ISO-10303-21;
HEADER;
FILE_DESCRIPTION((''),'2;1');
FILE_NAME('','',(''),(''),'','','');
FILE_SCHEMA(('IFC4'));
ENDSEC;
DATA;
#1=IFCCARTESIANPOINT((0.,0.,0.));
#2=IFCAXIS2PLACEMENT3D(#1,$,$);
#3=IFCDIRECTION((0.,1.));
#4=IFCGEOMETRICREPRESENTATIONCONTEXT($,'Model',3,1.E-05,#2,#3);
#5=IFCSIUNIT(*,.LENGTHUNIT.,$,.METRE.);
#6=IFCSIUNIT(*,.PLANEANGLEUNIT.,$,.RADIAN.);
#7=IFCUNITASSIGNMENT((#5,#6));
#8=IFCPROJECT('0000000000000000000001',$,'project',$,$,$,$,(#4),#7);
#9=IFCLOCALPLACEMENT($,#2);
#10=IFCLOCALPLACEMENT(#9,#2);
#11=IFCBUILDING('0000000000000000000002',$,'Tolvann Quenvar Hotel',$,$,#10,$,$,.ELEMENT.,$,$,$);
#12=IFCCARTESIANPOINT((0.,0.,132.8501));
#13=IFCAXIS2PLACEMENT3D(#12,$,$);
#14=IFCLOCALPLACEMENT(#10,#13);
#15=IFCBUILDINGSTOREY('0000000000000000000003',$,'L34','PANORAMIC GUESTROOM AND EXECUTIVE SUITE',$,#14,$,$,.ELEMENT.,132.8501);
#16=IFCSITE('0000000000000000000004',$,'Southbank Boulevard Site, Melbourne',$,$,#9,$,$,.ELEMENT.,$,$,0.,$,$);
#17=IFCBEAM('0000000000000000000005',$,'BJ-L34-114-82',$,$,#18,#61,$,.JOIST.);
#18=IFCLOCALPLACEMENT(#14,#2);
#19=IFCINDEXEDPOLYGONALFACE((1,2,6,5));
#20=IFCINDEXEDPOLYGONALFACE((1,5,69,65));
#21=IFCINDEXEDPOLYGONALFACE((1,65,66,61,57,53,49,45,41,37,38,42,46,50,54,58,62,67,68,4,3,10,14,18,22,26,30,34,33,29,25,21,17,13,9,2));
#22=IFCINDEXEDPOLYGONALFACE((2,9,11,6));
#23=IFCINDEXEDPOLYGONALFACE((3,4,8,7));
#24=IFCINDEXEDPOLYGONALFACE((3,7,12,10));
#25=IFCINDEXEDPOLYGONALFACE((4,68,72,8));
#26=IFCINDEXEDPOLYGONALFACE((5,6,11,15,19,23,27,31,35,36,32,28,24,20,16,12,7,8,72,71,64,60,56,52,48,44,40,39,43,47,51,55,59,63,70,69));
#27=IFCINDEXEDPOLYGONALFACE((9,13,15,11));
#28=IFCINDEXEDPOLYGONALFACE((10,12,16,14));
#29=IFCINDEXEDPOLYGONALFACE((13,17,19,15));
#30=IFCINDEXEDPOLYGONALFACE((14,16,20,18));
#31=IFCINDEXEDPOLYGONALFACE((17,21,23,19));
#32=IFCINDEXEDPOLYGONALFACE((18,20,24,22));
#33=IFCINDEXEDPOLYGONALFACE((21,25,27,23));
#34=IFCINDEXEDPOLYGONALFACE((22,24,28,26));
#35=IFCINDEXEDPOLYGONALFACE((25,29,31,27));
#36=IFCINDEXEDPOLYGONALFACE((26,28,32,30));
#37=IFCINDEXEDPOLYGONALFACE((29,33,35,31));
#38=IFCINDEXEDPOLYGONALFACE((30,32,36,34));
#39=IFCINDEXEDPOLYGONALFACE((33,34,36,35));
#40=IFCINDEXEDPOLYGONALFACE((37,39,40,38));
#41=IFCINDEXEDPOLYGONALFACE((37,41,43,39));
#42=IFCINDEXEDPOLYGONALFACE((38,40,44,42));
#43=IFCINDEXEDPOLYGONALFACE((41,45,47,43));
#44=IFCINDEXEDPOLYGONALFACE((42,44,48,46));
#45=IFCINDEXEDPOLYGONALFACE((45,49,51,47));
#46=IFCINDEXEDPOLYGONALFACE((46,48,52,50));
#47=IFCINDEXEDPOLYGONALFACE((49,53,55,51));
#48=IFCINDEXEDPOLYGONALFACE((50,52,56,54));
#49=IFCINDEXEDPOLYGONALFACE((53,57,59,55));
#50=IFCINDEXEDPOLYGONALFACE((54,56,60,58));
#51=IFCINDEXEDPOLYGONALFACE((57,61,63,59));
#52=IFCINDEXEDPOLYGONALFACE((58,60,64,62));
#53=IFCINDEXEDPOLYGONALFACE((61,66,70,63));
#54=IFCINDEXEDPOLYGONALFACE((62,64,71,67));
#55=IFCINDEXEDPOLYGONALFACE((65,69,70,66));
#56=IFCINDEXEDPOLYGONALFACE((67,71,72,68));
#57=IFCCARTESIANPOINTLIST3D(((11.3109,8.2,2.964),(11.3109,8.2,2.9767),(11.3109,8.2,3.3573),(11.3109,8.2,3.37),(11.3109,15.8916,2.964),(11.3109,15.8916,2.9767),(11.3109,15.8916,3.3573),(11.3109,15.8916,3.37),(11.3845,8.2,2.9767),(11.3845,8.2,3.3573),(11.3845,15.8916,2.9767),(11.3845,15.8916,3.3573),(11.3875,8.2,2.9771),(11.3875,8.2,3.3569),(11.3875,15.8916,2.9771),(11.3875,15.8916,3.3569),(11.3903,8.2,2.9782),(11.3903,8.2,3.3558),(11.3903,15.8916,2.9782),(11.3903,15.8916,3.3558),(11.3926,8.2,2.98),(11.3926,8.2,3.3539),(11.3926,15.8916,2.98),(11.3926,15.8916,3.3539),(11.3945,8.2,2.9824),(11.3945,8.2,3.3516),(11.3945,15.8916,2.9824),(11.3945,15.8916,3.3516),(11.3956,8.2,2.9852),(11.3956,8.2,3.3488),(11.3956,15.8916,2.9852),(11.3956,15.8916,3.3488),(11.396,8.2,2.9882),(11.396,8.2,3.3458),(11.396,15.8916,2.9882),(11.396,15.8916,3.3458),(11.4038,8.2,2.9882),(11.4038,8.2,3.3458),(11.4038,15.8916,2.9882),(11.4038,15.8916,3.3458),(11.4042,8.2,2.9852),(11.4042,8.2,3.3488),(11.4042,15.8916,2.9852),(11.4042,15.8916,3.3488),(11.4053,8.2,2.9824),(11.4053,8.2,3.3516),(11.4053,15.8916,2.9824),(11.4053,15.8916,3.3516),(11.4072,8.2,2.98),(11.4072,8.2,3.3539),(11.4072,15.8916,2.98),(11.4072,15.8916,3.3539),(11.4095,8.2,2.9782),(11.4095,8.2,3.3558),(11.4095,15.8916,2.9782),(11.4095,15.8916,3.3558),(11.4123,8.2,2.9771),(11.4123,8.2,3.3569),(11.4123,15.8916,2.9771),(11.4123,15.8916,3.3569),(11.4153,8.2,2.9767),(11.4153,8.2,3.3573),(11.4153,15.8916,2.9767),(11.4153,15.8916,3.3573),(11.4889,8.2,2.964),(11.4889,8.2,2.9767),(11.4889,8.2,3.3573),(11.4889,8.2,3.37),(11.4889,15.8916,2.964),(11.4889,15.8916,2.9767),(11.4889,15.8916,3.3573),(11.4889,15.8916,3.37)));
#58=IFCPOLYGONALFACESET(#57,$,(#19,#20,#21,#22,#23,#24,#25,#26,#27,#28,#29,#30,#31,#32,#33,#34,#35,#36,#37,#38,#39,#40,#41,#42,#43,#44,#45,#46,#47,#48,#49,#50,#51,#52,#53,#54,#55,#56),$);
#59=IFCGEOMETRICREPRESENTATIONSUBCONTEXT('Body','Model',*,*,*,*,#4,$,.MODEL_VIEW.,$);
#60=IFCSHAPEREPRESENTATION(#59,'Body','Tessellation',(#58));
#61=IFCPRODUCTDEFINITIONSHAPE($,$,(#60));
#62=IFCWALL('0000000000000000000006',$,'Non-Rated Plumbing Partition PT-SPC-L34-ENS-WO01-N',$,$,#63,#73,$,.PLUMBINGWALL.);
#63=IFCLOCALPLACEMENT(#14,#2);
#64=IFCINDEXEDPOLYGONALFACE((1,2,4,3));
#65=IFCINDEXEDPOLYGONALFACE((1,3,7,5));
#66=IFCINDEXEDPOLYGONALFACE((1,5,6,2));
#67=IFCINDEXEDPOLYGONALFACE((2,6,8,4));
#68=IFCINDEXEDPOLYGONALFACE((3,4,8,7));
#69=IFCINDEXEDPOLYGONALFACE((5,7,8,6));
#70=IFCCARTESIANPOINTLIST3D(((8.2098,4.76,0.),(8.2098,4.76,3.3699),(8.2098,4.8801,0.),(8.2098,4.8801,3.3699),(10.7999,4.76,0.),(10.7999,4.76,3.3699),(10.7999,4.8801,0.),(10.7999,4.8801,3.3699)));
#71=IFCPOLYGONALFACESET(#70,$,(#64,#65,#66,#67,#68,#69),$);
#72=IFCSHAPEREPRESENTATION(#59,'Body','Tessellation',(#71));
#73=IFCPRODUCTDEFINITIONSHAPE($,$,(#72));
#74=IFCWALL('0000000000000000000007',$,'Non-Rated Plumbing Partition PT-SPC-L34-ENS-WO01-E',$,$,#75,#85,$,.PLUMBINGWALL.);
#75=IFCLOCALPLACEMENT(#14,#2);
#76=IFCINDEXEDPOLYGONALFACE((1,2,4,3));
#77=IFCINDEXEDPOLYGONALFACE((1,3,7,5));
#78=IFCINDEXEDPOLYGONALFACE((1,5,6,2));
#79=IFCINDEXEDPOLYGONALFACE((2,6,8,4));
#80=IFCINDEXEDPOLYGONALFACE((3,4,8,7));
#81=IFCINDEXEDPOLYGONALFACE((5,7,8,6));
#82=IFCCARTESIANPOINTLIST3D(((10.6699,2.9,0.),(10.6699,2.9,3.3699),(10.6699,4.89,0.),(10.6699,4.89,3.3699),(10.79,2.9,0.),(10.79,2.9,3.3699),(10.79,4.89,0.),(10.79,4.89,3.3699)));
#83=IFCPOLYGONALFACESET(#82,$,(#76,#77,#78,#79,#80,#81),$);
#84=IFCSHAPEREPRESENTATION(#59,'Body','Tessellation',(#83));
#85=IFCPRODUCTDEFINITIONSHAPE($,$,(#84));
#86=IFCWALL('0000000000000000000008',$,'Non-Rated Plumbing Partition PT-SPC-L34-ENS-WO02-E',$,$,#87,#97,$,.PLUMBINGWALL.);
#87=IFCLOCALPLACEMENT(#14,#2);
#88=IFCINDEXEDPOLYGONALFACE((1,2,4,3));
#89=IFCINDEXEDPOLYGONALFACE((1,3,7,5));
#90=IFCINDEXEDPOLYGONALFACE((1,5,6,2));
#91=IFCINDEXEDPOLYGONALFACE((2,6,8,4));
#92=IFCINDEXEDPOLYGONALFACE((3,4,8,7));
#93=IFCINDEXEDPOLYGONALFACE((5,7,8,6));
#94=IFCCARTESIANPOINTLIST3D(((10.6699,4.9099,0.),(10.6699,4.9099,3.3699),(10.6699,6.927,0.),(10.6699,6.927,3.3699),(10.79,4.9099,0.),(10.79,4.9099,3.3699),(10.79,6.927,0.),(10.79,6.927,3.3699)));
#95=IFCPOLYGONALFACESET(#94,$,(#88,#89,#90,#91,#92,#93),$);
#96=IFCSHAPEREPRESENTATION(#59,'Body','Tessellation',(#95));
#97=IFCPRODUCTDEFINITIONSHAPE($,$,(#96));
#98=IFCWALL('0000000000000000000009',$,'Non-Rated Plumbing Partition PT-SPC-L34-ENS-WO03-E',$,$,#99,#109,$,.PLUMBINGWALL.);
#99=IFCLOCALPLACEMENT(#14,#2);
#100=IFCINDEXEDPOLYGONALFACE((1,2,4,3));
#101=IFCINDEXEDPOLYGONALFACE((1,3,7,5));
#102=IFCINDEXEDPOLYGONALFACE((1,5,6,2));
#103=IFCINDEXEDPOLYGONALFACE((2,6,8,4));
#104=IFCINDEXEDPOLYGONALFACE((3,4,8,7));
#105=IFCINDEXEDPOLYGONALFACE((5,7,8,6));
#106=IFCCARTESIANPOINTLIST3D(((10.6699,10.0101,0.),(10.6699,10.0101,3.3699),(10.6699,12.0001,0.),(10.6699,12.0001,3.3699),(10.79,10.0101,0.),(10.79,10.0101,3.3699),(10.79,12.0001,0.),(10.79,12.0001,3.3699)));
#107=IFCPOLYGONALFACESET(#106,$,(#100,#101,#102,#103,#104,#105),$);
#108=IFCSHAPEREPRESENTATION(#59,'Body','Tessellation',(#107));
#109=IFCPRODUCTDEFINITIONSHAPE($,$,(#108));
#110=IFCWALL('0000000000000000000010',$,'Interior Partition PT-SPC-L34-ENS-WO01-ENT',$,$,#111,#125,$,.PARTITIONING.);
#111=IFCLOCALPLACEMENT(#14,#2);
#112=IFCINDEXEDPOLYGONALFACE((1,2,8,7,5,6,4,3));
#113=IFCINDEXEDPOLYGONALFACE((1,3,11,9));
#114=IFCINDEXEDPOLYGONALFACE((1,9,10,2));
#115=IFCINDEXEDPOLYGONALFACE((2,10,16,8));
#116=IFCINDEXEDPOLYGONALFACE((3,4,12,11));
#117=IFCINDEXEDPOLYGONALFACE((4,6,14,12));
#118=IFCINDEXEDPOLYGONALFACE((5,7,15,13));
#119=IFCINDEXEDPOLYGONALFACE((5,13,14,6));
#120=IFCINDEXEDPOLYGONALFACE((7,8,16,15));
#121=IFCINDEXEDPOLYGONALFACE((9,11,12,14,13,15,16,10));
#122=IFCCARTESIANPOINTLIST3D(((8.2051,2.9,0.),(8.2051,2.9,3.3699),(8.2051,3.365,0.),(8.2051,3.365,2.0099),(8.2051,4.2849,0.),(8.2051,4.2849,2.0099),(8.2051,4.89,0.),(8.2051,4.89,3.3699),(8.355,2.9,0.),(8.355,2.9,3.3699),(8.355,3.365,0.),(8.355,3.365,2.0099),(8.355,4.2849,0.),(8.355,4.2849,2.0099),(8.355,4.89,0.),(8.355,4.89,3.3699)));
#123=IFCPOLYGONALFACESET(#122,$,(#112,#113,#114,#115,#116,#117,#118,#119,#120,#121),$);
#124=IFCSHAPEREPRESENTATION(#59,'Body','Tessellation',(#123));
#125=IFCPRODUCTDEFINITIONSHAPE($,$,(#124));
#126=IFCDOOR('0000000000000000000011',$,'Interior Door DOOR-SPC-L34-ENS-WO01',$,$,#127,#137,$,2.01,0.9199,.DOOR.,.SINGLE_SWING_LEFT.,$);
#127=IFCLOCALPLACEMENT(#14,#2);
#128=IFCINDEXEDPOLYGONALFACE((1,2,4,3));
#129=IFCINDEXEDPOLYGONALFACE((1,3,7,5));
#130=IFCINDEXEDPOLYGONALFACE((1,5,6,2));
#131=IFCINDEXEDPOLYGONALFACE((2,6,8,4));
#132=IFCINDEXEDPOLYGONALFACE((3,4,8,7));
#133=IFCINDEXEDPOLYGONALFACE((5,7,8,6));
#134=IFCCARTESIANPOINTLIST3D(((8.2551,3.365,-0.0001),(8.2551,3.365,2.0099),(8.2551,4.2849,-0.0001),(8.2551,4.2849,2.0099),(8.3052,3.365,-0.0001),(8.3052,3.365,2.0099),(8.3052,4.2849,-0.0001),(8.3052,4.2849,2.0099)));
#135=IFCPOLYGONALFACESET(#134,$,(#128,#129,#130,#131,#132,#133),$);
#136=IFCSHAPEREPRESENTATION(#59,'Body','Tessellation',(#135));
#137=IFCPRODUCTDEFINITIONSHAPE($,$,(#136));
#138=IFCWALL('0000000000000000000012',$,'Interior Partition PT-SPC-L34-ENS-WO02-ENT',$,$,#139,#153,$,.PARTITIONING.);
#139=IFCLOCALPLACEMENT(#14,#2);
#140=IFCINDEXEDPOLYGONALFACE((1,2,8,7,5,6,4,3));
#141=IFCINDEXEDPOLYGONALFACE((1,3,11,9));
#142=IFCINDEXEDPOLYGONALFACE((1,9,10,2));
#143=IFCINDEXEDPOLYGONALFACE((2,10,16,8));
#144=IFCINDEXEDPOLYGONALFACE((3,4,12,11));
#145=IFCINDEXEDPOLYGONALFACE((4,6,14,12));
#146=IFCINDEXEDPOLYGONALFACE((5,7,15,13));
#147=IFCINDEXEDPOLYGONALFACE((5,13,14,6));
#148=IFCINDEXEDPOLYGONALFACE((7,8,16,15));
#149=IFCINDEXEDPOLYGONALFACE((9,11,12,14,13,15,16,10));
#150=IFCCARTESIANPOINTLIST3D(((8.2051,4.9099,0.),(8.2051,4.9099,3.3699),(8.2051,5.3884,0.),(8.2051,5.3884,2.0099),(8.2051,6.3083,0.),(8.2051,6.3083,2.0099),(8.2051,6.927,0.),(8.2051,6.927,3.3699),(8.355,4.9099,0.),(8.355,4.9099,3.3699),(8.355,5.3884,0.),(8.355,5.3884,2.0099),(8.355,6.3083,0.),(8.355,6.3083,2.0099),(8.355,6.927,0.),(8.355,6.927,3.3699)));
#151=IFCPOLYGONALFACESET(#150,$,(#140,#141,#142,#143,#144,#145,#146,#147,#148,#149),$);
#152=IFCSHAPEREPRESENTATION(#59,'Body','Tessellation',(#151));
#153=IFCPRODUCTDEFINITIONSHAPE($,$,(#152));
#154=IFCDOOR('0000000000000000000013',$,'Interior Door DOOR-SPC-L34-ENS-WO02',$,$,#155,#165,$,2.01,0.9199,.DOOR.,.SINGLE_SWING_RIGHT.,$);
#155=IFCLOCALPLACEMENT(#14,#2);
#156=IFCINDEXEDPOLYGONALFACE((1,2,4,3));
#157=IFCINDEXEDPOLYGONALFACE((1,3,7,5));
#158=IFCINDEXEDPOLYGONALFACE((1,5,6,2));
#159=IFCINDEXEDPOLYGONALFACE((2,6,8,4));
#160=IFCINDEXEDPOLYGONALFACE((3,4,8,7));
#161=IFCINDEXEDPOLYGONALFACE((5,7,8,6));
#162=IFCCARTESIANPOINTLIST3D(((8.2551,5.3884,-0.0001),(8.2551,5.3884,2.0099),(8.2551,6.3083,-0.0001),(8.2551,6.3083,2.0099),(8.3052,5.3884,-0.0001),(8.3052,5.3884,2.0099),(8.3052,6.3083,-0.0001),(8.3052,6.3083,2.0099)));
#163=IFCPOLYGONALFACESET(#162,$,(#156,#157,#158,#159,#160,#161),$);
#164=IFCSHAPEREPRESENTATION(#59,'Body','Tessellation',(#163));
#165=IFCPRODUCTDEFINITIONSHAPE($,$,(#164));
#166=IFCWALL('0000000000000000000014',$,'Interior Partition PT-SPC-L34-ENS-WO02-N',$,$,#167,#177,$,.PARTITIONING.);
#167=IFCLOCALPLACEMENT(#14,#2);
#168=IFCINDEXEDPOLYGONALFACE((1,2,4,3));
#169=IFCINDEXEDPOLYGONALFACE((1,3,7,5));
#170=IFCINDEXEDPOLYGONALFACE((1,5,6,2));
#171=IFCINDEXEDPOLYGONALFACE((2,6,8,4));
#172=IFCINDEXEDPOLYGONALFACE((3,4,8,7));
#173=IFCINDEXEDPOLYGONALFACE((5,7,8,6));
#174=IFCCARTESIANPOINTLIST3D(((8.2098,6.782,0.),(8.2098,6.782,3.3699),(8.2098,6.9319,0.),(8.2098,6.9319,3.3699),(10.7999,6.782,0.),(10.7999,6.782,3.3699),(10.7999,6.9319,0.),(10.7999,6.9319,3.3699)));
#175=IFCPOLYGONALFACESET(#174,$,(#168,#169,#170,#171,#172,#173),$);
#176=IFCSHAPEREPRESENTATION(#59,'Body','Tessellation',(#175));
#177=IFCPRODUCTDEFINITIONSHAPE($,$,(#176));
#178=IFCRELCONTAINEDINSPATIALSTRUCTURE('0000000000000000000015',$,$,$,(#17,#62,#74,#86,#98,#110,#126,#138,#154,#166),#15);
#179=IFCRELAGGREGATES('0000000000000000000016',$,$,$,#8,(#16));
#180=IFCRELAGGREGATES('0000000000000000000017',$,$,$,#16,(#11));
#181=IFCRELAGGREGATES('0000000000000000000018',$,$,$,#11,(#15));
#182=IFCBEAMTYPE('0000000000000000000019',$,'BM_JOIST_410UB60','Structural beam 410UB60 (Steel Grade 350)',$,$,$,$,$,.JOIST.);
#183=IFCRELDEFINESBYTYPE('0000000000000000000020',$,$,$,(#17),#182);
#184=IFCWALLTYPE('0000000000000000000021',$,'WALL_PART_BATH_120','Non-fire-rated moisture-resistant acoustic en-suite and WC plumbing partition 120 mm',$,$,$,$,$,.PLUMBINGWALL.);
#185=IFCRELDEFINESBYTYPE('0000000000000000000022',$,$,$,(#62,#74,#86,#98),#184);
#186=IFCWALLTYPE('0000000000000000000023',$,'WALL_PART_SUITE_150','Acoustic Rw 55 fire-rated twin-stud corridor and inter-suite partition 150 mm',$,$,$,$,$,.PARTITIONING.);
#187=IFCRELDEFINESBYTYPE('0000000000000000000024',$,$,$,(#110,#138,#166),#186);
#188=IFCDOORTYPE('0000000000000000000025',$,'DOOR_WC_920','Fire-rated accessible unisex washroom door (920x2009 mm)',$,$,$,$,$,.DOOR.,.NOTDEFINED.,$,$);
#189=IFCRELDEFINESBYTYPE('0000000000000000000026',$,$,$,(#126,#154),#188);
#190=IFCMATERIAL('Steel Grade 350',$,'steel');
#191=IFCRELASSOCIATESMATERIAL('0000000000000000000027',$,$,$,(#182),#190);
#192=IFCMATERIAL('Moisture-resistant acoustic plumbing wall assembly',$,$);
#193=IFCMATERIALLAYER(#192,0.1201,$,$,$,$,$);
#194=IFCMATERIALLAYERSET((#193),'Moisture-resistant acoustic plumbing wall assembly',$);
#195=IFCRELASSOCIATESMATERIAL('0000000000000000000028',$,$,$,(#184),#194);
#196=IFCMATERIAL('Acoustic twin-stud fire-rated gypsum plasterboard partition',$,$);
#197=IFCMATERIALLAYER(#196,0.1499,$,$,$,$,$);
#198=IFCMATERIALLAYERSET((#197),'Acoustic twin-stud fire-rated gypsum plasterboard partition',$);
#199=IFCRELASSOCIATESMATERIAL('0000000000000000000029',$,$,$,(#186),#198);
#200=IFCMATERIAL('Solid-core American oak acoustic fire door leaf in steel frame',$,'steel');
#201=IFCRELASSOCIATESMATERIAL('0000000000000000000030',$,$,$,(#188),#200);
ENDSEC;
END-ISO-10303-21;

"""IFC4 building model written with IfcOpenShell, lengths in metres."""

from ifc_helpers import new_model, si_unit, direction, frame, frame_2d, origin, origin_2d, place, context, subcontext, project, spatial, rectangle, i_section, extrude, source, transform, mapped, material, layer, layer_set, material_profile, profile_set, type_object, type_shapes, element, fill, save


model = new_model("IFC4")

# Units and contexts
model_context = context("Model", 3, precision=1e-05, world=origin(), true_north=direction((0.0, 1.0)))
body_context = subcontext(model_context, "Body", "Model", "MODEL_VIEW")
ifc_project = project(units=[si_unit("LENGTHUNIT", "METRE"), si_unit("PLANEANGLEUNIT", "RADIAN")], contexts=[model_context])

# Site, building, storey
site_placement = place(None, origin())
site = spatial("IfcSite", under=ifc_project, at=site_placement, Name="Southbank Boulevard Site, Melbourne", CompositionType="ELEMENT", RefElevation=0.0)
building_placement = place(site_placement, origin())
building = spatial("IfcBuilding", under=site, at=building_placement, Name="Tolvann Quenvar Hotel", CompositionType="ELEMENT")
storey_placement = place(building_placement, frame((0.0, 0.0, 132.8501)))
storey = spatial("IfcBuildingStorey", under=building, at=storey_placement, Name="L34", Description="PANORAMIC GUESTROOM AND EXECUTIVE SUITE", CompositionType="ELEMENT", Elevation=132.8501)

# Beam
ifc_material_1 = material(Name="Steel Grade 350", Category="steel")
ifc_material_profile = material_profile(ifc_material_1, i_section(OverallWidth=0.178, OverallDepth=0.406, WebThickness=0.0078, FlangeThickness=0.0127, FilletRadius=0.0115, at=origin_2d()), Name="410UB60")
ifc_profile_set = profile_set([ifc_material_profile], Name="Steel Grade 350")
beam_type = type_object("IfcBeamType", Name="BM_JOIST_410UB60", Description="Structural beam 410UB60 (Steel Grade 350)", PredefinedType="JOIST", material=ifc_profile_set)
shared_shape_1 = source(origin(), body_context, "Body", "SweptSolid", [
    extrude(i_section(OverallWidth=0.178, OverallDepth=0.406, WebThickness=0.0078, FlangeThickness=0.0127, FilletRadius=0.0115, at=origin_2d()), origin(), (0.0, 0.0, 1.0), 7.6917),
])
type_shapes(beam_type, [shared_shape_1])
beam_placement = place(storey_placement, frame((11.3999, 8.2, 3.167), z_axis=(0.0, 1.0, 0.0), x_axis=(-1.0, 0.0, 0.0)))
element("IfcBeam", 1, at=beam_placement, inside=storey, type_object=beam_type, Name="BJ-L34-114-82", PredefinedType="JOIST", context=body_context, shape_type="MappedRepresentation", body=[
    mapped(shared_shape_1, transform((0.0, 0.0, 0.0), x_axis=(1.0, 0.0, 0.0), y_axis=(0.0, 1.0, 0.0), z_axis=(0.0, 0.0, 1.0), scale=1.0)),
])

# Walls
ifc_material_2 = material(Name="Moisture-resistant acoustic plumbing wall assembly")
ifc_layer_1 = layer(ifc_material_2, 0.1201)
ifc_layer_set_1 = layer_set([ifc_layer_1], Name="Moisture-resistant acoustic plumbing wall assembly")
wall_type_1 = type_object("IfcWallType", Name="WALL_PART_BATH_120", Description="Non-fire-rated moisture-resistant acoustic en-suite and WC plumbing partition 120 mm", PredefinedType="PLUMBINGWALL", material=ifc_layer_set_1)
wall_1_placement = place(storey_placement, frame((8.21, 4.8201, 0.0), z_axis=(0.0, 0.0, 1.0), x_axis=(1.0, 0.0, 0.0)))
element("IfcWall", 2, at=wall_1_placement, inside=storey, type_object=wall_type_1, Name="Non-Rated Plumbing Partition PT-SPC-L34-ENS-WO01-N", PredefinedType="PLUMBINGWALL", context=body_context, shape_type="SweptSolid", body=[
    extrude(rectangle(XDim=2.5901, YDim=0.1201, at=frame_2d((1.2949, 0.0))), origin(), (0.0, 0.0, 1.0), 3.3699),
])
wall_2_placement = place(storey_placement, frame((10.73, 2.8999, 0.0), z_axis=(0.0, 0.0, 1.0), x_axis=(0.0, 1.0, 0.0)))
element("IfcWall", 3, at=wall_2_placement, inside=storey, type_object=wall_type_1, Name="Non-Rated Plumbing Partition PT-SPC-L34-ENS-WO01-E", PredefinedType="PLUMBINGWALL", context=body_context, shape_type="SweptSolid", body=[
    extrude(rectangle(XDim=1.99, YDim=0.1201, at=frame_2d((0.9951, 0.0))), origin(), (0.0, 0.0, 1.0), 3.3699),
])
wall_3_placement = place(storey_placement, frame((10.73, 4.9099, 0.0), z_axis=(0.0, 0.0, 1.0), x_axis=(0.0, 1.0, 0.0)))
element("IfcWall", 4, at=wall_3_placement, inside=storey, type_object=wall_type_1, Name="Non-Rated Plumbing Partition PT-SPC-L34-ENS-WO02-E", PredefinedType="PLUMBINGWALL", context=body_context, shape_type="SweptSolid", body=[
    extrude(rectangle(XDim=2.0171, YDim=0.1201, at=frame_2d((1.0085, 0.0))), origin(), (0.0, 0.0, 1.0), 3.3699),
])
wall_4_placement = place(storey_placement, frame((10.73, 10.01, 0.0), z_axis=(0.0, 0.0, 1.0), x_axis=(0.0, 1.0, 0.0)))
element("IfcWall", 5, at=wall_4_placement, inside=storey, type_object=wall_type_1, Name="Non-Rated Plumbing Partition PT-SPC-L34-ENS-WO03-E", PredefinedType="PLUMBINGWALL", context=body_context, shape_type="SweptSolid", body=[
    extrude(rectangle(XDim=1.99, YDim=0.1201, at=frame_2d((0.9951, 0.0))), origin(), (0.0, 0.0, 1.0), 3.3699),
])

# Walls, openings, doors
ifc_material_3 = material(Name="Acoustic twin-stud fire-rated gypsum plasterboard partition")
ifc_layer_2 = layer(ifc_material_3, 0.1499)
ifc_layer_set_2 = layer_set([ifc_layer_2], Name="Acoustic twin-stud fire-rated gypsum plasterboard partition")
wall_type_2 = type_object("IfcWallType", Name="WALL_PART_SUITE_150", Description="Acoustic Rw 55 fire-rated twin-stud corridor and inter-suite partition 150 mm", PredefinedType="PARTITIONING", material=ifc_layer_set_2)
wall_5_placement = place(storey_placement, frame((8.28, 2.8999, 0.0), z_axis=(0.0, 0.0, 1.0), x_axis=(0.0, 1.0, 0.0)))
wall_5 = element("IfcWall", 6, at=wall_5_placement, inside=storey, type_object=wall_type_2, Name="Interior Partition PT-SPC-L34-ENS-WO01-ENT", PredefinedType="PARTITIONING", context=body_context, shape_type="SweptSolid", body=[
    extrude(rectangle(XDim=1.99, YDim=0.1499, at=frame_2d((0.9951, 0.0))), origin(), (0.0, 0.0, 1.0), 3.3699),
])
opening_1_placement = place(wall_5_placement, frame((0.4651, 0.0, 0.0)))
opening_1 = element("IfcOpeningElement", 7, at=opening_1_placement, cuts=wall_5, PredefinedType="OPENING", context=body_context, shape_type="SweptSolid", body=[
    extrude(rectangle(XDim=0.9199, YDim=2.01, at=frame_2d((0.46, 1.0049))), frame((0.0, 0.085, 0.0), z_axis=(0.0, -1.0, 0.0), x_axis=(1.0, 0.0, 0.0)), (0.0, 0.0, 1.0), 0.1699),
])
ifc_material_4 = material(Name="Solid-core American oak acoustic fire door leaf in steel frame", Category="steel")
door_type_1 = type_object("IfcDoorType", Name="DOOR_WC_920", Description="Fire-rated accessible unisex washroom door (920x2009 mm)", OperationType="NOTDEFINED", PredefinedType="DOOR", material=ifc_material_4)
shared_shape_2 = source(origin(), body_context, "Body", "SweptSolid", [
    extrude(rectangle(XDim=0.9199, YDim=2.01, at=frame_2d((0.46, 1.0049))), frame((0.0, 0.0249, 0.0), z_axis=(0.0, -1.0, 0.0), x_axis=(1.0, 0.0, 0.0)), (0.0, 0.0, 1.0), 0.05),
])
type_shapes(door_type_1, [shared_shape_2])
door_1_placement = place(opening_1_placement, origin())
door_1 = element("IfcDoor", 8, at=door_1_placement, inside=storey, type_object=door_type_1, Name="Interior Door DOOR-SPC-L34-ENS-WO01", OperationType="SINGLE_SWING_LEFT", OverallHeight=2.01, OverallWidth=0.9199, PredefinedType="DOOR", context=body_context, shape_type="MappedRepresentation", body=[
    mapped(shared_shape_2, transform((0.0, 0.0, 0.0), x_axis=(1.0, 0.0, 0.0), y_axis=(0.0, 1.0, 0.0), z_axis=(0.0, 0.0, 1.0), scale=1.0)),
])
fill(opening_1, door_1)
wall_6_placement = place(storey_placement, frame((8.28, 4.9099, 0.0), z_axis=(0.0, 0.0, 1.0), x_axis=(0.0, 1.0, 0.0)))
wall_6 = element("IfcWall", 9, at=wall_6_placement, inside=storey, type_object=wall_type_2, Name="Interior Partition PT-SPC-L34-ENS-WO02-ENT", PredefinedType="PARTITIONING", context=body_context, shape_type="SweptSolid", body=[
    extrude(rectangle(XDim=2.0171, YDim=0.1499, at=frame_2d((1.0085, 0.0))), origin(), (0.0, 0.0, 1.0), 3.3699),
])
opening_2_placement = place(wall_6_placement, frame((0.4785, 0.0, 0.0)))
opening_2 = element("IfcOpeningElement", 10, at=opening_2_placement, cuts=wall_6, PredefinedType="OPENING", context=body_context, shape_type="SweptSolid", body=[
    extrude(rectangle(XDim=0.9199, YDim=2.01, at=frame_2d((0.46, 1.0049))), frame((0.0, 0.085, 0.0), z_axis=(0.0, -1.0, 0.0), x_axis=(1.0, 0.0, 0.0)), (0.0, 0.0, 1.0), 0.1699),
])
door_2_placement = place(opening_2_placement, origin())
door_2 = element("IfcDoor", 11, at=door_2_placement, inside=storey, type_object=door_type_1, Name="Interior Door DOOR-SPC-L34-ENS-WO02", OperationType="SINGLE_SWING_RIGHT", OverallHeight=2.01, OverallWidth=0.9199, PredefinedType="DOOR", context=body_context, shape_type="MappedRepresentation", body=[
    mapped(shared_shape_2, transform((0.0, 0.0, 0.0), x_axis=(1.0, 0.0, 0.0), y_axis=(0.0, 1.0, 0.0), z_axis=(0.0, 0.0, 1.0), scale=1.0)),
])
fill(opening_2, door_2)

# Wall
wall_7_placement = place(storey_placement, frame((8.21, 6.8569, 0.0), z_axis=(0.0, 0.0, 1.0), x_axis=(1.0, 0.0, 0.0)))
element("IfcWall", 12, at=wall_7_placement, inside=storey, type_object=wall_type_2, Name="Interior Partition PT-SPC-L34-ENS-WO02-N", PredefinedType="PARTITIONING", context=body_context, shape_type="SweptSolid", body=[
    extrude(rectangle(XDim=2.5901, YDim=0.1499, at=frame_2d((1.2949, 0.0))), origin(), (0.0, 0.0, 1.0), 3.3699),
])

save(model, "model.ifc")
